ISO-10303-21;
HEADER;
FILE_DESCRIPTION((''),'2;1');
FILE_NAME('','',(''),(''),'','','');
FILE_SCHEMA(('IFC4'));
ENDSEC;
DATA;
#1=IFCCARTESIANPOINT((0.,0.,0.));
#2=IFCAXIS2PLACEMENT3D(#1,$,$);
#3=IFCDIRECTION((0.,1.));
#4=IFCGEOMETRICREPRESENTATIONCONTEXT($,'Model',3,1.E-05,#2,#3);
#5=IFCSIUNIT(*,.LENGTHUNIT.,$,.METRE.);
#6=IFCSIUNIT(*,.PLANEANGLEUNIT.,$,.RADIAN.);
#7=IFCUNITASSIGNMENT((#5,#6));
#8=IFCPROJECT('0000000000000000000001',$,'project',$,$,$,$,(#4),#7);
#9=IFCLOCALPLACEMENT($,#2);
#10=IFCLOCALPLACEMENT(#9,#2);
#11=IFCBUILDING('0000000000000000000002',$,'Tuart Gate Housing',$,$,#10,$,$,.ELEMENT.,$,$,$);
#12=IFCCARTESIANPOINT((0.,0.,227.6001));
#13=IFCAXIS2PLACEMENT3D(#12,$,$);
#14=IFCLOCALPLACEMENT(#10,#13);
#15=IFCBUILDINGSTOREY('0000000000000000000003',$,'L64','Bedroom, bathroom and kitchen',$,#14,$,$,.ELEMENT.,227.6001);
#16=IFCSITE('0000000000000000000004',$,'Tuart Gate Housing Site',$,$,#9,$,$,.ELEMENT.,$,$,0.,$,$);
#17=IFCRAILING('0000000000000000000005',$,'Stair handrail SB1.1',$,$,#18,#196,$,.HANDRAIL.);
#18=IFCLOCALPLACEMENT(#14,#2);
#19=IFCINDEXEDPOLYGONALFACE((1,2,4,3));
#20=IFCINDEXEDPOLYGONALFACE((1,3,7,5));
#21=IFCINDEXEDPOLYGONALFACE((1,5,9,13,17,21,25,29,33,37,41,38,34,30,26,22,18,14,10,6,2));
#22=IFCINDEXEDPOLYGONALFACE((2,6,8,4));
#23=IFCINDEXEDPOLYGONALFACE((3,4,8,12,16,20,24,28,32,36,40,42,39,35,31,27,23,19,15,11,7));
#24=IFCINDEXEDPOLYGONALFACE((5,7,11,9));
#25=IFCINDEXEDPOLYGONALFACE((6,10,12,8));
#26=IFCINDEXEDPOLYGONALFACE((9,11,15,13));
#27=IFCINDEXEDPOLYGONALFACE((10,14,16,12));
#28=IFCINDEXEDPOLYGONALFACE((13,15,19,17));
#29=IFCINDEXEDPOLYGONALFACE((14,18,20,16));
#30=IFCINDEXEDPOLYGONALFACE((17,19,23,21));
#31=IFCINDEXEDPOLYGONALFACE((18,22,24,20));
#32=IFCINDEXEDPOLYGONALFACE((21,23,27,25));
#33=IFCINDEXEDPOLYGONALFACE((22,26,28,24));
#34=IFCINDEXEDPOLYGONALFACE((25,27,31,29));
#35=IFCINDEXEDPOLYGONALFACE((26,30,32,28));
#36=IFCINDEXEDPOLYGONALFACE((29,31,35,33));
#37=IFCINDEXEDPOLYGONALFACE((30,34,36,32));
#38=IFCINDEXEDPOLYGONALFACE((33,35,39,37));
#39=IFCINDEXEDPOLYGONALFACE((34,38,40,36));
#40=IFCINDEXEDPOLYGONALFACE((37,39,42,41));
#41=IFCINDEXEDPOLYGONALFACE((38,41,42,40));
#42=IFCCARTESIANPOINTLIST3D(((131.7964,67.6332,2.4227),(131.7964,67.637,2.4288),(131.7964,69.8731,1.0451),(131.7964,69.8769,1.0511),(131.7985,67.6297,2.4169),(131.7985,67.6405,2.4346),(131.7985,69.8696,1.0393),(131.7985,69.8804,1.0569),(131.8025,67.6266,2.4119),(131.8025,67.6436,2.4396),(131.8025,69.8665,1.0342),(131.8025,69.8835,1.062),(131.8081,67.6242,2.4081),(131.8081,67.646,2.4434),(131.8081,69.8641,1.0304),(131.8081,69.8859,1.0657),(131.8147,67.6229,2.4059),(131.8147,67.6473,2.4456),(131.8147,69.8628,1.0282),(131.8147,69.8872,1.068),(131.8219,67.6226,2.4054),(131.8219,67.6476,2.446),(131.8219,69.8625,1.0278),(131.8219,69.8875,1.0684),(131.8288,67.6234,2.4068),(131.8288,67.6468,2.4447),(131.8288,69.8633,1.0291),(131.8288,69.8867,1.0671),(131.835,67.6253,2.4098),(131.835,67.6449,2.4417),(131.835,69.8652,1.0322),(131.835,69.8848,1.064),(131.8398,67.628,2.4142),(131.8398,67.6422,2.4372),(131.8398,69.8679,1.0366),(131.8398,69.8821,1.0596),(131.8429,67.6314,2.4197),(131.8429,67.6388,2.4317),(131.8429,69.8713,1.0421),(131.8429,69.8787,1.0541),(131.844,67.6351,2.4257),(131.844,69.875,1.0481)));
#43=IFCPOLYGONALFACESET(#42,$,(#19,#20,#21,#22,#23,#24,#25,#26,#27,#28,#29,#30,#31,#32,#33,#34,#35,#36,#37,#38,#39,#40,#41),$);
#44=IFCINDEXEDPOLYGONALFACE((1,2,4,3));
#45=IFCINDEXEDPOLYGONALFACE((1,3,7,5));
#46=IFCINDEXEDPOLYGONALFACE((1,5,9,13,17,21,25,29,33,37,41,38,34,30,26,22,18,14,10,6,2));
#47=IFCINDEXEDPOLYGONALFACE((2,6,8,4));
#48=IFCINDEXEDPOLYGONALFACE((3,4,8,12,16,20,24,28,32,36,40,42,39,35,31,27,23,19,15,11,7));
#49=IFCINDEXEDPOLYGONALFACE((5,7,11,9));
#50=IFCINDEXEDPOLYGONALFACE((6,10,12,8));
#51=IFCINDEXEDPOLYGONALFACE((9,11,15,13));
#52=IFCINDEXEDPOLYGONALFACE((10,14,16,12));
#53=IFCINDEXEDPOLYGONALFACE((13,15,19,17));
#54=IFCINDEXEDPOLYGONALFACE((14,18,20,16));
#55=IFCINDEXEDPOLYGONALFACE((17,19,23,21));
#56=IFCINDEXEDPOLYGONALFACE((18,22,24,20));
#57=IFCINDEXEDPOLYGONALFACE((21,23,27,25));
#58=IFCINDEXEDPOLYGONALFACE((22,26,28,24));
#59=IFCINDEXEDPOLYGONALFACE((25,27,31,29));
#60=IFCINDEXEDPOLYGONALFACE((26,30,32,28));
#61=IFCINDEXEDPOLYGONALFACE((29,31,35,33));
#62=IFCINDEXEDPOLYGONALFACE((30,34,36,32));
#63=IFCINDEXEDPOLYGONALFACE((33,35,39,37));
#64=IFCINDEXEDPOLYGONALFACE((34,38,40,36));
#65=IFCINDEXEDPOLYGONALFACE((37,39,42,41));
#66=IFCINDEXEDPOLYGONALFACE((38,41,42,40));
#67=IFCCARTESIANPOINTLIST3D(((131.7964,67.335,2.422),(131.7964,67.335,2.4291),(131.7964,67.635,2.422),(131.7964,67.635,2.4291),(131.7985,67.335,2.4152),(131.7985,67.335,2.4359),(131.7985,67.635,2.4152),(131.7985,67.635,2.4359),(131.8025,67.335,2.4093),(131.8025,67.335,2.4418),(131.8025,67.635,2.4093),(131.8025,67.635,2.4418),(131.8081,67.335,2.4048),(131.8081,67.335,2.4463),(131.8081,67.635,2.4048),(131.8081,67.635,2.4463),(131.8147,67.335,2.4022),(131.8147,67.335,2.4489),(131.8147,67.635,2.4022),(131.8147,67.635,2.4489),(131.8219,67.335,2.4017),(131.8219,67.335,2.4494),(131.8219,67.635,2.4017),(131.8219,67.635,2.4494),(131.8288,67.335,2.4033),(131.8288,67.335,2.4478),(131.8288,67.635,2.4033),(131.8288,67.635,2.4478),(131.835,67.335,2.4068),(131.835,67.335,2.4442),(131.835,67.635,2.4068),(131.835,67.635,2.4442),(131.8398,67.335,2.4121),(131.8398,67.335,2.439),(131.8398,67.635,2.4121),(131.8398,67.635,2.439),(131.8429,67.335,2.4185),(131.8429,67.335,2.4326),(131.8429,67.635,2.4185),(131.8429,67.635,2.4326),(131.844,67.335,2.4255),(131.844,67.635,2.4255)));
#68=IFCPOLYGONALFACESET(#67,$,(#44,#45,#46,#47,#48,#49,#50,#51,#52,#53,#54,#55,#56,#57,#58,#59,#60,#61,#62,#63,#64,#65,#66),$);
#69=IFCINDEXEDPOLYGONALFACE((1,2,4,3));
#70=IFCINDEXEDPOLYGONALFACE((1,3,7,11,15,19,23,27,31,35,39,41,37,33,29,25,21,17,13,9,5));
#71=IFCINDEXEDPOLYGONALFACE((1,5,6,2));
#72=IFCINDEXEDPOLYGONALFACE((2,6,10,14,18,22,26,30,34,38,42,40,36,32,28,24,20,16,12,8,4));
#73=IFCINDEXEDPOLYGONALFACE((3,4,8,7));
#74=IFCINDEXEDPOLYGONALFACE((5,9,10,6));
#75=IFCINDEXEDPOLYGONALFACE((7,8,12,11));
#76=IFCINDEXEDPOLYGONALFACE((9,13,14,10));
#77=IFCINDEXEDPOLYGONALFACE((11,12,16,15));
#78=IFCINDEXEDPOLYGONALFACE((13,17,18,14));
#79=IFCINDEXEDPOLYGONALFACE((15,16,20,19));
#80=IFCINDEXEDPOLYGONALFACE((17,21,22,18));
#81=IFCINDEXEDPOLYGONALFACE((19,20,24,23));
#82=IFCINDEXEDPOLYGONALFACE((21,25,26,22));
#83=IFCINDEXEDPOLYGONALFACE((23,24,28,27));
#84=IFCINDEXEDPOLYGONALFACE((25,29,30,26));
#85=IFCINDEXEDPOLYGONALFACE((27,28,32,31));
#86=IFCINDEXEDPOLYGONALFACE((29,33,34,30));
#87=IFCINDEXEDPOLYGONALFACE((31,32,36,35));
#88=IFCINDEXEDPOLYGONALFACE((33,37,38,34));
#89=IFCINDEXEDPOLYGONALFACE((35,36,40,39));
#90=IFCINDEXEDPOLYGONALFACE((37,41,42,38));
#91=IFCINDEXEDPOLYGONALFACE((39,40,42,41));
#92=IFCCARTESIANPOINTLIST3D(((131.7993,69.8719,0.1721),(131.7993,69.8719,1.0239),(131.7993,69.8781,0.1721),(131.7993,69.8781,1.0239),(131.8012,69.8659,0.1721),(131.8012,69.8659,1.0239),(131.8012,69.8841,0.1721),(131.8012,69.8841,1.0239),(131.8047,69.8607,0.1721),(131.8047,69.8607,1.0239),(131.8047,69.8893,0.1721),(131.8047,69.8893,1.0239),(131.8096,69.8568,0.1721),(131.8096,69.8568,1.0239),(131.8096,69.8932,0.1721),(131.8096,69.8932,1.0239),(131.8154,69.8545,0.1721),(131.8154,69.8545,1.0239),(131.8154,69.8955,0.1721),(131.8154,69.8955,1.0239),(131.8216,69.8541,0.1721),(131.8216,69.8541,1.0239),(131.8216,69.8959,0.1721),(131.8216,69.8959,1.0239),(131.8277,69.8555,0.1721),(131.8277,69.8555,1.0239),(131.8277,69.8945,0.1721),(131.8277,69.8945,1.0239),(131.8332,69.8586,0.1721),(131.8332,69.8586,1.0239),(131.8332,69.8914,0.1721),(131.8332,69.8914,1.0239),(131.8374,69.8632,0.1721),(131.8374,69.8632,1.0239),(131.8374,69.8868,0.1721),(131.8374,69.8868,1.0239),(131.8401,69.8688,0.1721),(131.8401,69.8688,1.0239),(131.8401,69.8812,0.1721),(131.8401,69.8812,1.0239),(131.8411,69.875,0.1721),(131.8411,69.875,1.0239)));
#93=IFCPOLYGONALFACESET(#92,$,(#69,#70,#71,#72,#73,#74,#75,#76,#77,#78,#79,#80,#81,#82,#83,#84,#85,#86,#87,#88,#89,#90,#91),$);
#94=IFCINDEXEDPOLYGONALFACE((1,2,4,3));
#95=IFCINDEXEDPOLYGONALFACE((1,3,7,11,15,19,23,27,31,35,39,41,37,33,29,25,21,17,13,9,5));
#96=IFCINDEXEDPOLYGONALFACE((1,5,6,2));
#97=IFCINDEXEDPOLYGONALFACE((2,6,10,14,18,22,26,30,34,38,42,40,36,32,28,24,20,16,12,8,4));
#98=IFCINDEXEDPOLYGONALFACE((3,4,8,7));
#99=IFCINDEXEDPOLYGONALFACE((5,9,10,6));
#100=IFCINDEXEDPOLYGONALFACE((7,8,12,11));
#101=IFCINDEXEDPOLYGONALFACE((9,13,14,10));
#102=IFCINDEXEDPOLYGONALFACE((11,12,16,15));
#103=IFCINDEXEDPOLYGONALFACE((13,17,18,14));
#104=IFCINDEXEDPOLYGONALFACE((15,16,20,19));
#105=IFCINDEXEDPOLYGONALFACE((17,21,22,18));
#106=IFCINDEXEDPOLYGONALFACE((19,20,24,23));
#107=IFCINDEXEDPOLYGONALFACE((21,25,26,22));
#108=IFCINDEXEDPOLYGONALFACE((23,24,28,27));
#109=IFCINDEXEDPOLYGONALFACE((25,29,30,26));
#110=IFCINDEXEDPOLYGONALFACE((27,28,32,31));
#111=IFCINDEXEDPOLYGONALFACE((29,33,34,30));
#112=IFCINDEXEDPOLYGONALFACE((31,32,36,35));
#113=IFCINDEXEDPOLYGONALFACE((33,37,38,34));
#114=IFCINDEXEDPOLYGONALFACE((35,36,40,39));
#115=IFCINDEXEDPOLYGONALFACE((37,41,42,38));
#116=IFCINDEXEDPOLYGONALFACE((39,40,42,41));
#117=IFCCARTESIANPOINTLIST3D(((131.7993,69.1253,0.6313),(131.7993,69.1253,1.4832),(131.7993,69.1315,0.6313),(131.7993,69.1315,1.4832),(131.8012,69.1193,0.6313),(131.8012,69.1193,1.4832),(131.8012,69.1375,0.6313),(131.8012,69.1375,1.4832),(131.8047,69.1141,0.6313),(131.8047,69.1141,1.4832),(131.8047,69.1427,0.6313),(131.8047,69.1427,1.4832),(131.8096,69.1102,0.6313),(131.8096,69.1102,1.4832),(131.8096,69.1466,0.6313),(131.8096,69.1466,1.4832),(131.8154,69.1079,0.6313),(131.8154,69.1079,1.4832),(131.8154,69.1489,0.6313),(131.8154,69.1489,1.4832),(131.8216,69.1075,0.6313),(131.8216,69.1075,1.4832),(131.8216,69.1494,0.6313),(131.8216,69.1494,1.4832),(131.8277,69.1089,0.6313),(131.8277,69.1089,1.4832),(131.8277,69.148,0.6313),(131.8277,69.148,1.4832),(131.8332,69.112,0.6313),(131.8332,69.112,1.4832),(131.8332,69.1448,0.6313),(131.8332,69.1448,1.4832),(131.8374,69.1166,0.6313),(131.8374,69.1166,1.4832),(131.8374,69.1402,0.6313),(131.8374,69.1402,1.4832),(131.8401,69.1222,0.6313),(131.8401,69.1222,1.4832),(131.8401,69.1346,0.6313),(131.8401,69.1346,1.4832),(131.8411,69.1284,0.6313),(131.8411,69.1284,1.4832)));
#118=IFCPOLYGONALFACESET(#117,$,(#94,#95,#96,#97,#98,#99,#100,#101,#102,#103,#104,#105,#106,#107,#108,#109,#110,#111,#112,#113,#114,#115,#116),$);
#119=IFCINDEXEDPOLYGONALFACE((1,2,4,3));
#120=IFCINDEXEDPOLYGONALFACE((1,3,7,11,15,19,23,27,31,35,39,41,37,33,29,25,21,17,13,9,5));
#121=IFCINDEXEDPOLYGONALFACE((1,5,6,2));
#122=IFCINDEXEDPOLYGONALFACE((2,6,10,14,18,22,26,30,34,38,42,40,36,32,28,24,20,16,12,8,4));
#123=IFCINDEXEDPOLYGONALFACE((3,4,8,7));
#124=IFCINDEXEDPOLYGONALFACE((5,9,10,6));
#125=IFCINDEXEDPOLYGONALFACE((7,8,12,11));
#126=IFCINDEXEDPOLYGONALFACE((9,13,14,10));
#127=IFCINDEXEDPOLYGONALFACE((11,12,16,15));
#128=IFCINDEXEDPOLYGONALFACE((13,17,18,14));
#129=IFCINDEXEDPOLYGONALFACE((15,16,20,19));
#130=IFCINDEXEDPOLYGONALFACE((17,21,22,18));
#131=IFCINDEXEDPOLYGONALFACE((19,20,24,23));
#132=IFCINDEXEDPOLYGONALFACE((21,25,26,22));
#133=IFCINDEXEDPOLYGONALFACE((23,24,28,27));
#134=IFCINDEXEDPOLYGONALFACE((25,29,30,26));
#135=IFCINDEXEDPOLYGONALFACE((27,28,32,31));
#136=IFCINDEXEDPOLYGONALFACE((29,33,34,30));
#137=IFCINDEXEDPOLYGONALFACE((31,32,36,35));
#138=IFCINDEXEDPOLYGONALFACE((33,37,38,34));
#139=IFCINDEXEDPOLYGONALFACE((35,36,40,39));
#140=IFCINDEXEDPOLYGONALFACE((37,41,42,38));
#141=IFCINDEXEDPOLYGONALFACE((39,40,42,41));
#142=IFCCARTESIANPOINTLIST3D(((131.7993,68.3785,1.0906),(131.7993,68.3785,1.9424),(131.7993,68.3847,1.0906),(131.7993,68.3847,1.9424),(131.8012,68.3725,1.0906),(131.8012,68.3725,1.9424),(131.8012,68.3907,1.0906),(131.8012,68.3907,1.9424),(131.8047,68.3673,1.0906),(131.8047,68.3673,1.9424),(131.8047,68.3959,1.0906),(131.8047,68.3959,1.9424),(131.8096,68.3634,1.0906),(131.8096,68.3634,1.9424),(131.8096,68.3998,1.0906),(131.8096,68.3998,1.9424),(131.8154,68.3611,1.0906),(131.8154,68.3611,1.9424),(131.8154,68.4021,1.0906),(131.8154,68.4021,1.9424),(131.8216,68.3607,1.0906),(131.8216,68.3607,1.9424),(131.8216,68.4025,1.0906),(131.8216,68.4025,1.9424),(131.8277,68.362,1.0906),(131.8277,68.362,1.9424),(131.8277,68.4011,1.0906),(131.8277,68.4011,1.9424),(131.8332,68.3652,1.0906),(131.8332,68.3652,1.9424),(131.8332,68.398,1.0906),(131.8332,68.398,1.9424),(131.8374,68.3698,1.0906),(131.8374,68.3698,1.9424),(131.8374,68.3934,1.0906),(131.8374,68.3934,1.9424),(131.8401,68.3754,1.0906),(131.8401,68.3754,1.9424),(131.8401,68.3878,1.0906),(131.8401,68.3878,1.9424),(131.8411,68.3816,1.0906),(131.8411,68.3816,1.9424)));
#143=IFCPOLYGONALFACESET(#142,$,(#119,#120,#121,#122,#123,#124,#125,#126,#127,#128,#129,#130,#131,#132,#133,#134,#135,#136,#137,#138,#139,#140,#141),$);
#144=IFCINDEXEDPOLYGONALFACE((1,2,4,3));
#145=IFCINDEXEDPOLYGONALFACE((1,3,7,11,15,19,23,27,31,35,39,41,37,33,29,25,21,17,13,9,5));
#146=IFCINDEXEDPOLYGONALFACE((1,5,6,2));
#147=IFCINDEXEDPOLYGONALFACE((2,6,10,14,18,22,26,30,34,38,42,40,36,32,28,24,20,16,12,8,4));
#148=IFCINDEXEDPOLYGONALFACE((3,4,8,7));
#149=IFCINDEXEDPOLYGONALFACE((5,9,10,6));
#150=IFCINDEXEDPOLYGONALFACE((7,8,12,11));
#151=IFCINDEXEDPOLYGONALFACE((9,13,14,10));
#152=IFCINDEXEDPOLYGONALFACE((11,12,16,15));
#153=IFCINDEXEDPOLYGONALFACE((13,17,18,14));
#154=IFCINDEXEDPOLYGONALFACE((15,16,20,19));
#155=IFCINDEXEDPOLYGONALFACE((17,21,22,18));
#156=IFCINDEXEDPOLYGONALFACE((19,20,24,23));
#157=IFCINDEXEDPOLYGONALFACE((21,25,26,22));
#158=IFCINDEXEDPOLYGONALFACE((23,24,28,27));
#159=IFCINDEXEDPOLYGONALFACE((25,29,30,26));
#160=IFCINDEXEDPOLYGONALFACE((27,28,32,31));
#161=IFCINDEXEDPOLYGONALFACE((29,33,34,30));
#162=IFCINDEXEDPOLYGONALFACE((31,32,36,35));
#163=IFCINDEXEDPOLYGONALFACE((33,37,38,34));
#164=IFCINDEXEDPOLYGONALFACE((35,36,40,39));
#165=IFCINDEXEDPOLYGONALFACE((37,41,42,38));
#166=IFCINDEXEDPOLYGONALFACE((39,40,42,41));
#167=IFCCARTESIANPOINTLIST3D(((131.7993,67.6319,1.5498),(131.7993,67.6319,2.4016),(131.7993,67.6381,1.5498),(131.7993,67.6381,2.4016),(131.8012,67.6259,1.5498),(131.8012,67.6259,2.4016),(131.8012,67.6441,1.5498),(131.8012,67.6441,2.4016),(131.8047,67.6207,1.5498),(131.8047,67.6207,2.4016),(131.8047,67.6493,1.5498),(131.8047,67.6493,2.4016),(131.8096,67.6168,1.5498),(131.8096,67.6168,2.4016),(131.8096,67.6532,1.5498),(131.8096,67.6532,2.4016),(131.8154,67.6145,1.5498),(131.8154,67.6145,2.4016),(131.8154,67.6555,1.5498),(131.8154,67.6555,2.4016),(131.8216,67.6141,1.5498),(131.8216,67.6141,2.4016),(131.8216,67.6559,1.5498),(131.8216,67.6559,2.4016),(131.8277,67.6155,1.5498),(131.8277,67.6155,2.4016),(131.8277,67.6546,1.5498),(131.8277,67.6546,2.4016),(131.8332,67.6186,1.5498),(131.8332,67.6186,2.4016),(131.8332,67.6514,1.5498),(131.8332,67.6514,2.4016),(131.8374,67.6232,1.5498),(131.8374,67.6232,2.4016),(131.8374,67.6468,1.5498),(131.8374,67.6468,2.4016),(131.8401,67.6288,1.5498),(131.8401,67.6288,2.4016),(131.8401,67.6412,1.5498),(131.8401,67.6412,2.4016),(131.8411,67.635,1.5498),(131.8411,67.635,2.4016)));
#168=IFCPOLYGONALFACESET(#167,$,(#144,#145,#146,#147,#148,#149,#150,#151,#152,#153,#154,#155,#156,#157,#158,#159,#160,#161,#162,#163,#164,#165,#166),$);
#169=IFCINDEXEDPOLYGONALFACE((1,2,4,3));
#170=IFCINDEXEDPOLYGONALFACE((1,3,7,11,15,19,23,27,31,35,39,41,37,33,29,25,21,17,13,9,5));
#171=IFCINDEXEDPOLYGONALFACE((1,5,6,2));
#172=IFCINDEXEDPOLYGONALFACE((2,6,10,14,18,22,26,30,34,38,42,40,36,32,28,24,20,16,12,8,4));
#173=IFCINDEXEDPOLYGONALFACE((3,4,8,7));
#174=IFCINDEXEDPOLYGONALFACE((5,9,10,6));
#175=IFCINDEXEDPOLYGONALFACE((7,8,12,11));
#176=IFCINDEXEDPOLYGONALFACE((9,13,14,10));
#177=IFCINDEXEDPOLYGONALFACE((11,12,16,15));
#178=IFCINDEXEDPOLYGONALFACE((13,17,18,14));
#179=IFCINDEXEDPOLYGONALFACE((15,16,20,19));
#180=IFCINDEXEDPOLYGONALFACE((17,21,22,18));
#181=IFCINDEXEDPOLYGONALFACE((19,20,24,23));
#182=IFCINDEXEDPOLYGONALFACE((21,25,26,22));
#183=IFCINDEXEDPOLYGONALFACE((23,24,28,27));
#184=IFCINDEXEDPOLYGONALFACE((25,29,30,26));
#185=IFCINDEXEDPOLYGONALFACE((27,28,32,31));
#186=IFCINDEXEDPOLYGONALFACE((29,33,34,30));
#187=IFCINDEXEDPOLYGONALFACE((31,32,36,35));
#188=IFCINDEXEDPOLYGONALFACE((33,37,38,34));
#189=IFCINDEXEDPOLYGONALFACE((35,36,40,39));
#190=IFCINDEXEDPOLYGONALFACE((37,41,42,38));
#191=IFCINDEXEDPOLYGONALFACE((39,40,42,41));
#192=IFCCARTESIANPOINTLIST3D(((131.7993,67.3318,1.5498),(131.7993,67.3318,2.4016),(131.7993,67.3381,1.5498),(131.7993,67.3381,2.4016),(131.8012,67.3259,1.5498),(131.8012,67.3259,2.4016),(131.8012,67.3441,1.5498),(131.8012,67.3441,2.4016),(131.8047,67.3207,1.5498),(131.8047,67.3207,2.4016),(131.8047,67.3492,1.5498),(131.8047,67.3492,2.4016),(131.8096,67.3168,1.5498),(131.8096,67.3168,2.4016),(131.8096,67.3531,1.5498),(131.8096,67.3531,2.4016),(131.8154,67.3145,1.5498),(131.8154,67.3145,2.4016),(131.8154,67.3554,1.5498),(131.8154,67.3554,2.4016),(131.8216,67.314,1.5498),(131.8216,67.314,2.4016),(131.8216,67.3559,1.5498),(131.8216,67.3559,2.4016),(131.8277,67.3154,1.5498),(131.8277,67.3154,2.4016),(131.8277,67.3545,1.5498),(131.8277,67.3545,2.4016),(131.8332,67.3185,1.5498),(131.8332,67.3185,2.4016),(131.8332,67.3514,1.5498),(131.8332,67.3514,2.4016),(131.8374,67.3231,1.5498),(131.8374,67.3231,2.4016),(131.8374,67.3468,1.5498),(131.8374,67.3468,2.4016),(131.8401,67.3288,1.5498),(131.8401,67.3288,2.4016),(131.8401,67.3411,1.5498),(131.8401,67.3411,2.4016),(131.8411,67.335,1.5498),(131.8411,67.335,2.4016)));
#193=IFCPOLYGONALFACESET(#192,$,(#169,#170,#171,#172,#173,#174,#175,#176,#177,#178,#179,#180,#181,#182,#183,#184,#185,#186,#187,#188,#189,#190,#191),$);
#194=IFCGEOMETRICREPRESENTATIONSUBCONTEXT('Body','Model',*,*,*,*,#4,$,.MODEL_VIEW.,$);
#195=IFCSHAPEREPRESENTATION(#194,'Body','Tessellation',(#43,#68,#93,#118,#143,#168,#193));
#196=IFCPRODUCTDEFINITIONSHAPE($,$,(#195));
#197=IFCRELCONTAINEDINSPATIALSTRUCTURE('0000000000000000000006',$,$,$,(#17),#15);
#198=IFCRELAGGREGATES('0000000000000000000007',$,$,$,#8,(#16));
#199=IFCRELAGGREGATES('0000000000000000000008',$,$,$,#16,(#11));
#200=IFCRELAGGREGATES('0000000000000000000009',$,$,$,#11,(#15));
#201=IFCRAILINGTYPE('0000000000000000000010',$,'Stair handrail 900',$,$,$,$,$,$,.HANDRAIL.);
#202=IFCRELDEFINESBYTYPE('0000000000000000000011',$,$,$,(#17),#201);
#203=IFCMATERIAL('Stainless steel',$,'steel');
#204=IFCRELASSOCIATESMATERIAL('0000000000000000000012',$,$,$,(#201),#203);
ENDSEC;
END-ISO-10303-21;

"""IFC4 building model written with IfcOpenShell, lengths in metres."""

from ifc_helpers import new_model, si_unit, direction, frame, origin, origin_2d, place, context, subcontext, project, spatial, circle, extrude, material, type_object, element, save


model = new_model("IFC4")

# Units and contexts
model_context = context("Model", 3, precision=1e-05, world=origin(), true_north=direction((0.0, 1.0)))
body_context = subcontext(model_context, "Body", "Model", "MODEL_VIEW")
ifc_project = project(units=[si_unit("LENGTHUNIT", "METRE"), si_unit("PLANEANGLEUNIT", "RADIAN")], contexts=[model_context])

# Site, building, storey
site_placement = place(None, origin())
site = spatial("IfcSite", under=ifc_project, at=site_placement, Name="Tuart Gate Housing Site", CompositionType="ELEMENT", RefElevation=0.0)
building_placement = place(site_placement, origin())
building = spatial("IfcBuilding", under=site, at=building_placement, Name="Tuart Gate Housing", CompositionType="ELEMENT")
storey_placement = place(building_placement, frame((0.0, 0.0, 227.6001)))
storey = spatial("IfcBuildingStorey", under=building, at=storey_placement, Name="L64", Description="Bedroom, bathroom and kitchen", CompositionType="ELEMENT", Elevation=227.6001)

# Railing
ifc_material_1 = material(Name="Stainless steel", Category="steel")
railing_type = type_object("IfcRailingType", Name="Stair handrail 900", PredefinedType="HANDRAIL", material=ifc_material_1)
railing_placement = place(storey_placement, frame((131.8201, 69.875, 0.1721)))
element("IfcRailing", 1, at=railing_placement, inside=storey, type_object=railing_type, Name="Stair handrail SB1.1", PredefinedType="HANDRAIL", context=body_context, shape_type="SweptSolid", body=[
    extrude(circle(Radius=0.0239, at=origin_2d()), frame((0.0, 0.0, 0.876), z_axis=(0.0, -0.851789, 0.523885), x_axis=(1.0, 0.0, 0.0)), (0.0, 0.0, 1.0), 2.6296),
    extrude(circle(Radius=0.0239, at=origin_2d()), frame((0.0, -2.24, 2.2534), z_axis=(0.0, -1.0, 0.0), x_axis=(1.0, 0.0, 0.0)), (0.0, 0.0, 1.0), 0.3),
    extrude(circle(Radius=0.021, at=origin_2d()), origin(), (0.0, 0.0, 1.0), 0.8518),
    extrude(circle(Radius=0.021, at=origin_2d()), frame((0.0, -0.7466, 0.4592)), (0.0, 0.0, 1.0), 0.8518),
    extrude(circle(Radius=0.021, at=origin_2d()), frame((0.0, -1.4934, 0.9185)), (0.0, 0.0, 1.0), 0.8518),
    extrude(circle(Radius=0.021, at=origin_2d()), frame((0.0, -2.24, 1.3777)), (0.0, 0.0, 1.0), 0.8518),
    extrude(circle(Radius=0.021, at=origin_2d()), frame((0.0, -2.54, 1.3777)), (0.0, 0.0, 1.0), 0.8518),
])

save(model, "model.ifc")
